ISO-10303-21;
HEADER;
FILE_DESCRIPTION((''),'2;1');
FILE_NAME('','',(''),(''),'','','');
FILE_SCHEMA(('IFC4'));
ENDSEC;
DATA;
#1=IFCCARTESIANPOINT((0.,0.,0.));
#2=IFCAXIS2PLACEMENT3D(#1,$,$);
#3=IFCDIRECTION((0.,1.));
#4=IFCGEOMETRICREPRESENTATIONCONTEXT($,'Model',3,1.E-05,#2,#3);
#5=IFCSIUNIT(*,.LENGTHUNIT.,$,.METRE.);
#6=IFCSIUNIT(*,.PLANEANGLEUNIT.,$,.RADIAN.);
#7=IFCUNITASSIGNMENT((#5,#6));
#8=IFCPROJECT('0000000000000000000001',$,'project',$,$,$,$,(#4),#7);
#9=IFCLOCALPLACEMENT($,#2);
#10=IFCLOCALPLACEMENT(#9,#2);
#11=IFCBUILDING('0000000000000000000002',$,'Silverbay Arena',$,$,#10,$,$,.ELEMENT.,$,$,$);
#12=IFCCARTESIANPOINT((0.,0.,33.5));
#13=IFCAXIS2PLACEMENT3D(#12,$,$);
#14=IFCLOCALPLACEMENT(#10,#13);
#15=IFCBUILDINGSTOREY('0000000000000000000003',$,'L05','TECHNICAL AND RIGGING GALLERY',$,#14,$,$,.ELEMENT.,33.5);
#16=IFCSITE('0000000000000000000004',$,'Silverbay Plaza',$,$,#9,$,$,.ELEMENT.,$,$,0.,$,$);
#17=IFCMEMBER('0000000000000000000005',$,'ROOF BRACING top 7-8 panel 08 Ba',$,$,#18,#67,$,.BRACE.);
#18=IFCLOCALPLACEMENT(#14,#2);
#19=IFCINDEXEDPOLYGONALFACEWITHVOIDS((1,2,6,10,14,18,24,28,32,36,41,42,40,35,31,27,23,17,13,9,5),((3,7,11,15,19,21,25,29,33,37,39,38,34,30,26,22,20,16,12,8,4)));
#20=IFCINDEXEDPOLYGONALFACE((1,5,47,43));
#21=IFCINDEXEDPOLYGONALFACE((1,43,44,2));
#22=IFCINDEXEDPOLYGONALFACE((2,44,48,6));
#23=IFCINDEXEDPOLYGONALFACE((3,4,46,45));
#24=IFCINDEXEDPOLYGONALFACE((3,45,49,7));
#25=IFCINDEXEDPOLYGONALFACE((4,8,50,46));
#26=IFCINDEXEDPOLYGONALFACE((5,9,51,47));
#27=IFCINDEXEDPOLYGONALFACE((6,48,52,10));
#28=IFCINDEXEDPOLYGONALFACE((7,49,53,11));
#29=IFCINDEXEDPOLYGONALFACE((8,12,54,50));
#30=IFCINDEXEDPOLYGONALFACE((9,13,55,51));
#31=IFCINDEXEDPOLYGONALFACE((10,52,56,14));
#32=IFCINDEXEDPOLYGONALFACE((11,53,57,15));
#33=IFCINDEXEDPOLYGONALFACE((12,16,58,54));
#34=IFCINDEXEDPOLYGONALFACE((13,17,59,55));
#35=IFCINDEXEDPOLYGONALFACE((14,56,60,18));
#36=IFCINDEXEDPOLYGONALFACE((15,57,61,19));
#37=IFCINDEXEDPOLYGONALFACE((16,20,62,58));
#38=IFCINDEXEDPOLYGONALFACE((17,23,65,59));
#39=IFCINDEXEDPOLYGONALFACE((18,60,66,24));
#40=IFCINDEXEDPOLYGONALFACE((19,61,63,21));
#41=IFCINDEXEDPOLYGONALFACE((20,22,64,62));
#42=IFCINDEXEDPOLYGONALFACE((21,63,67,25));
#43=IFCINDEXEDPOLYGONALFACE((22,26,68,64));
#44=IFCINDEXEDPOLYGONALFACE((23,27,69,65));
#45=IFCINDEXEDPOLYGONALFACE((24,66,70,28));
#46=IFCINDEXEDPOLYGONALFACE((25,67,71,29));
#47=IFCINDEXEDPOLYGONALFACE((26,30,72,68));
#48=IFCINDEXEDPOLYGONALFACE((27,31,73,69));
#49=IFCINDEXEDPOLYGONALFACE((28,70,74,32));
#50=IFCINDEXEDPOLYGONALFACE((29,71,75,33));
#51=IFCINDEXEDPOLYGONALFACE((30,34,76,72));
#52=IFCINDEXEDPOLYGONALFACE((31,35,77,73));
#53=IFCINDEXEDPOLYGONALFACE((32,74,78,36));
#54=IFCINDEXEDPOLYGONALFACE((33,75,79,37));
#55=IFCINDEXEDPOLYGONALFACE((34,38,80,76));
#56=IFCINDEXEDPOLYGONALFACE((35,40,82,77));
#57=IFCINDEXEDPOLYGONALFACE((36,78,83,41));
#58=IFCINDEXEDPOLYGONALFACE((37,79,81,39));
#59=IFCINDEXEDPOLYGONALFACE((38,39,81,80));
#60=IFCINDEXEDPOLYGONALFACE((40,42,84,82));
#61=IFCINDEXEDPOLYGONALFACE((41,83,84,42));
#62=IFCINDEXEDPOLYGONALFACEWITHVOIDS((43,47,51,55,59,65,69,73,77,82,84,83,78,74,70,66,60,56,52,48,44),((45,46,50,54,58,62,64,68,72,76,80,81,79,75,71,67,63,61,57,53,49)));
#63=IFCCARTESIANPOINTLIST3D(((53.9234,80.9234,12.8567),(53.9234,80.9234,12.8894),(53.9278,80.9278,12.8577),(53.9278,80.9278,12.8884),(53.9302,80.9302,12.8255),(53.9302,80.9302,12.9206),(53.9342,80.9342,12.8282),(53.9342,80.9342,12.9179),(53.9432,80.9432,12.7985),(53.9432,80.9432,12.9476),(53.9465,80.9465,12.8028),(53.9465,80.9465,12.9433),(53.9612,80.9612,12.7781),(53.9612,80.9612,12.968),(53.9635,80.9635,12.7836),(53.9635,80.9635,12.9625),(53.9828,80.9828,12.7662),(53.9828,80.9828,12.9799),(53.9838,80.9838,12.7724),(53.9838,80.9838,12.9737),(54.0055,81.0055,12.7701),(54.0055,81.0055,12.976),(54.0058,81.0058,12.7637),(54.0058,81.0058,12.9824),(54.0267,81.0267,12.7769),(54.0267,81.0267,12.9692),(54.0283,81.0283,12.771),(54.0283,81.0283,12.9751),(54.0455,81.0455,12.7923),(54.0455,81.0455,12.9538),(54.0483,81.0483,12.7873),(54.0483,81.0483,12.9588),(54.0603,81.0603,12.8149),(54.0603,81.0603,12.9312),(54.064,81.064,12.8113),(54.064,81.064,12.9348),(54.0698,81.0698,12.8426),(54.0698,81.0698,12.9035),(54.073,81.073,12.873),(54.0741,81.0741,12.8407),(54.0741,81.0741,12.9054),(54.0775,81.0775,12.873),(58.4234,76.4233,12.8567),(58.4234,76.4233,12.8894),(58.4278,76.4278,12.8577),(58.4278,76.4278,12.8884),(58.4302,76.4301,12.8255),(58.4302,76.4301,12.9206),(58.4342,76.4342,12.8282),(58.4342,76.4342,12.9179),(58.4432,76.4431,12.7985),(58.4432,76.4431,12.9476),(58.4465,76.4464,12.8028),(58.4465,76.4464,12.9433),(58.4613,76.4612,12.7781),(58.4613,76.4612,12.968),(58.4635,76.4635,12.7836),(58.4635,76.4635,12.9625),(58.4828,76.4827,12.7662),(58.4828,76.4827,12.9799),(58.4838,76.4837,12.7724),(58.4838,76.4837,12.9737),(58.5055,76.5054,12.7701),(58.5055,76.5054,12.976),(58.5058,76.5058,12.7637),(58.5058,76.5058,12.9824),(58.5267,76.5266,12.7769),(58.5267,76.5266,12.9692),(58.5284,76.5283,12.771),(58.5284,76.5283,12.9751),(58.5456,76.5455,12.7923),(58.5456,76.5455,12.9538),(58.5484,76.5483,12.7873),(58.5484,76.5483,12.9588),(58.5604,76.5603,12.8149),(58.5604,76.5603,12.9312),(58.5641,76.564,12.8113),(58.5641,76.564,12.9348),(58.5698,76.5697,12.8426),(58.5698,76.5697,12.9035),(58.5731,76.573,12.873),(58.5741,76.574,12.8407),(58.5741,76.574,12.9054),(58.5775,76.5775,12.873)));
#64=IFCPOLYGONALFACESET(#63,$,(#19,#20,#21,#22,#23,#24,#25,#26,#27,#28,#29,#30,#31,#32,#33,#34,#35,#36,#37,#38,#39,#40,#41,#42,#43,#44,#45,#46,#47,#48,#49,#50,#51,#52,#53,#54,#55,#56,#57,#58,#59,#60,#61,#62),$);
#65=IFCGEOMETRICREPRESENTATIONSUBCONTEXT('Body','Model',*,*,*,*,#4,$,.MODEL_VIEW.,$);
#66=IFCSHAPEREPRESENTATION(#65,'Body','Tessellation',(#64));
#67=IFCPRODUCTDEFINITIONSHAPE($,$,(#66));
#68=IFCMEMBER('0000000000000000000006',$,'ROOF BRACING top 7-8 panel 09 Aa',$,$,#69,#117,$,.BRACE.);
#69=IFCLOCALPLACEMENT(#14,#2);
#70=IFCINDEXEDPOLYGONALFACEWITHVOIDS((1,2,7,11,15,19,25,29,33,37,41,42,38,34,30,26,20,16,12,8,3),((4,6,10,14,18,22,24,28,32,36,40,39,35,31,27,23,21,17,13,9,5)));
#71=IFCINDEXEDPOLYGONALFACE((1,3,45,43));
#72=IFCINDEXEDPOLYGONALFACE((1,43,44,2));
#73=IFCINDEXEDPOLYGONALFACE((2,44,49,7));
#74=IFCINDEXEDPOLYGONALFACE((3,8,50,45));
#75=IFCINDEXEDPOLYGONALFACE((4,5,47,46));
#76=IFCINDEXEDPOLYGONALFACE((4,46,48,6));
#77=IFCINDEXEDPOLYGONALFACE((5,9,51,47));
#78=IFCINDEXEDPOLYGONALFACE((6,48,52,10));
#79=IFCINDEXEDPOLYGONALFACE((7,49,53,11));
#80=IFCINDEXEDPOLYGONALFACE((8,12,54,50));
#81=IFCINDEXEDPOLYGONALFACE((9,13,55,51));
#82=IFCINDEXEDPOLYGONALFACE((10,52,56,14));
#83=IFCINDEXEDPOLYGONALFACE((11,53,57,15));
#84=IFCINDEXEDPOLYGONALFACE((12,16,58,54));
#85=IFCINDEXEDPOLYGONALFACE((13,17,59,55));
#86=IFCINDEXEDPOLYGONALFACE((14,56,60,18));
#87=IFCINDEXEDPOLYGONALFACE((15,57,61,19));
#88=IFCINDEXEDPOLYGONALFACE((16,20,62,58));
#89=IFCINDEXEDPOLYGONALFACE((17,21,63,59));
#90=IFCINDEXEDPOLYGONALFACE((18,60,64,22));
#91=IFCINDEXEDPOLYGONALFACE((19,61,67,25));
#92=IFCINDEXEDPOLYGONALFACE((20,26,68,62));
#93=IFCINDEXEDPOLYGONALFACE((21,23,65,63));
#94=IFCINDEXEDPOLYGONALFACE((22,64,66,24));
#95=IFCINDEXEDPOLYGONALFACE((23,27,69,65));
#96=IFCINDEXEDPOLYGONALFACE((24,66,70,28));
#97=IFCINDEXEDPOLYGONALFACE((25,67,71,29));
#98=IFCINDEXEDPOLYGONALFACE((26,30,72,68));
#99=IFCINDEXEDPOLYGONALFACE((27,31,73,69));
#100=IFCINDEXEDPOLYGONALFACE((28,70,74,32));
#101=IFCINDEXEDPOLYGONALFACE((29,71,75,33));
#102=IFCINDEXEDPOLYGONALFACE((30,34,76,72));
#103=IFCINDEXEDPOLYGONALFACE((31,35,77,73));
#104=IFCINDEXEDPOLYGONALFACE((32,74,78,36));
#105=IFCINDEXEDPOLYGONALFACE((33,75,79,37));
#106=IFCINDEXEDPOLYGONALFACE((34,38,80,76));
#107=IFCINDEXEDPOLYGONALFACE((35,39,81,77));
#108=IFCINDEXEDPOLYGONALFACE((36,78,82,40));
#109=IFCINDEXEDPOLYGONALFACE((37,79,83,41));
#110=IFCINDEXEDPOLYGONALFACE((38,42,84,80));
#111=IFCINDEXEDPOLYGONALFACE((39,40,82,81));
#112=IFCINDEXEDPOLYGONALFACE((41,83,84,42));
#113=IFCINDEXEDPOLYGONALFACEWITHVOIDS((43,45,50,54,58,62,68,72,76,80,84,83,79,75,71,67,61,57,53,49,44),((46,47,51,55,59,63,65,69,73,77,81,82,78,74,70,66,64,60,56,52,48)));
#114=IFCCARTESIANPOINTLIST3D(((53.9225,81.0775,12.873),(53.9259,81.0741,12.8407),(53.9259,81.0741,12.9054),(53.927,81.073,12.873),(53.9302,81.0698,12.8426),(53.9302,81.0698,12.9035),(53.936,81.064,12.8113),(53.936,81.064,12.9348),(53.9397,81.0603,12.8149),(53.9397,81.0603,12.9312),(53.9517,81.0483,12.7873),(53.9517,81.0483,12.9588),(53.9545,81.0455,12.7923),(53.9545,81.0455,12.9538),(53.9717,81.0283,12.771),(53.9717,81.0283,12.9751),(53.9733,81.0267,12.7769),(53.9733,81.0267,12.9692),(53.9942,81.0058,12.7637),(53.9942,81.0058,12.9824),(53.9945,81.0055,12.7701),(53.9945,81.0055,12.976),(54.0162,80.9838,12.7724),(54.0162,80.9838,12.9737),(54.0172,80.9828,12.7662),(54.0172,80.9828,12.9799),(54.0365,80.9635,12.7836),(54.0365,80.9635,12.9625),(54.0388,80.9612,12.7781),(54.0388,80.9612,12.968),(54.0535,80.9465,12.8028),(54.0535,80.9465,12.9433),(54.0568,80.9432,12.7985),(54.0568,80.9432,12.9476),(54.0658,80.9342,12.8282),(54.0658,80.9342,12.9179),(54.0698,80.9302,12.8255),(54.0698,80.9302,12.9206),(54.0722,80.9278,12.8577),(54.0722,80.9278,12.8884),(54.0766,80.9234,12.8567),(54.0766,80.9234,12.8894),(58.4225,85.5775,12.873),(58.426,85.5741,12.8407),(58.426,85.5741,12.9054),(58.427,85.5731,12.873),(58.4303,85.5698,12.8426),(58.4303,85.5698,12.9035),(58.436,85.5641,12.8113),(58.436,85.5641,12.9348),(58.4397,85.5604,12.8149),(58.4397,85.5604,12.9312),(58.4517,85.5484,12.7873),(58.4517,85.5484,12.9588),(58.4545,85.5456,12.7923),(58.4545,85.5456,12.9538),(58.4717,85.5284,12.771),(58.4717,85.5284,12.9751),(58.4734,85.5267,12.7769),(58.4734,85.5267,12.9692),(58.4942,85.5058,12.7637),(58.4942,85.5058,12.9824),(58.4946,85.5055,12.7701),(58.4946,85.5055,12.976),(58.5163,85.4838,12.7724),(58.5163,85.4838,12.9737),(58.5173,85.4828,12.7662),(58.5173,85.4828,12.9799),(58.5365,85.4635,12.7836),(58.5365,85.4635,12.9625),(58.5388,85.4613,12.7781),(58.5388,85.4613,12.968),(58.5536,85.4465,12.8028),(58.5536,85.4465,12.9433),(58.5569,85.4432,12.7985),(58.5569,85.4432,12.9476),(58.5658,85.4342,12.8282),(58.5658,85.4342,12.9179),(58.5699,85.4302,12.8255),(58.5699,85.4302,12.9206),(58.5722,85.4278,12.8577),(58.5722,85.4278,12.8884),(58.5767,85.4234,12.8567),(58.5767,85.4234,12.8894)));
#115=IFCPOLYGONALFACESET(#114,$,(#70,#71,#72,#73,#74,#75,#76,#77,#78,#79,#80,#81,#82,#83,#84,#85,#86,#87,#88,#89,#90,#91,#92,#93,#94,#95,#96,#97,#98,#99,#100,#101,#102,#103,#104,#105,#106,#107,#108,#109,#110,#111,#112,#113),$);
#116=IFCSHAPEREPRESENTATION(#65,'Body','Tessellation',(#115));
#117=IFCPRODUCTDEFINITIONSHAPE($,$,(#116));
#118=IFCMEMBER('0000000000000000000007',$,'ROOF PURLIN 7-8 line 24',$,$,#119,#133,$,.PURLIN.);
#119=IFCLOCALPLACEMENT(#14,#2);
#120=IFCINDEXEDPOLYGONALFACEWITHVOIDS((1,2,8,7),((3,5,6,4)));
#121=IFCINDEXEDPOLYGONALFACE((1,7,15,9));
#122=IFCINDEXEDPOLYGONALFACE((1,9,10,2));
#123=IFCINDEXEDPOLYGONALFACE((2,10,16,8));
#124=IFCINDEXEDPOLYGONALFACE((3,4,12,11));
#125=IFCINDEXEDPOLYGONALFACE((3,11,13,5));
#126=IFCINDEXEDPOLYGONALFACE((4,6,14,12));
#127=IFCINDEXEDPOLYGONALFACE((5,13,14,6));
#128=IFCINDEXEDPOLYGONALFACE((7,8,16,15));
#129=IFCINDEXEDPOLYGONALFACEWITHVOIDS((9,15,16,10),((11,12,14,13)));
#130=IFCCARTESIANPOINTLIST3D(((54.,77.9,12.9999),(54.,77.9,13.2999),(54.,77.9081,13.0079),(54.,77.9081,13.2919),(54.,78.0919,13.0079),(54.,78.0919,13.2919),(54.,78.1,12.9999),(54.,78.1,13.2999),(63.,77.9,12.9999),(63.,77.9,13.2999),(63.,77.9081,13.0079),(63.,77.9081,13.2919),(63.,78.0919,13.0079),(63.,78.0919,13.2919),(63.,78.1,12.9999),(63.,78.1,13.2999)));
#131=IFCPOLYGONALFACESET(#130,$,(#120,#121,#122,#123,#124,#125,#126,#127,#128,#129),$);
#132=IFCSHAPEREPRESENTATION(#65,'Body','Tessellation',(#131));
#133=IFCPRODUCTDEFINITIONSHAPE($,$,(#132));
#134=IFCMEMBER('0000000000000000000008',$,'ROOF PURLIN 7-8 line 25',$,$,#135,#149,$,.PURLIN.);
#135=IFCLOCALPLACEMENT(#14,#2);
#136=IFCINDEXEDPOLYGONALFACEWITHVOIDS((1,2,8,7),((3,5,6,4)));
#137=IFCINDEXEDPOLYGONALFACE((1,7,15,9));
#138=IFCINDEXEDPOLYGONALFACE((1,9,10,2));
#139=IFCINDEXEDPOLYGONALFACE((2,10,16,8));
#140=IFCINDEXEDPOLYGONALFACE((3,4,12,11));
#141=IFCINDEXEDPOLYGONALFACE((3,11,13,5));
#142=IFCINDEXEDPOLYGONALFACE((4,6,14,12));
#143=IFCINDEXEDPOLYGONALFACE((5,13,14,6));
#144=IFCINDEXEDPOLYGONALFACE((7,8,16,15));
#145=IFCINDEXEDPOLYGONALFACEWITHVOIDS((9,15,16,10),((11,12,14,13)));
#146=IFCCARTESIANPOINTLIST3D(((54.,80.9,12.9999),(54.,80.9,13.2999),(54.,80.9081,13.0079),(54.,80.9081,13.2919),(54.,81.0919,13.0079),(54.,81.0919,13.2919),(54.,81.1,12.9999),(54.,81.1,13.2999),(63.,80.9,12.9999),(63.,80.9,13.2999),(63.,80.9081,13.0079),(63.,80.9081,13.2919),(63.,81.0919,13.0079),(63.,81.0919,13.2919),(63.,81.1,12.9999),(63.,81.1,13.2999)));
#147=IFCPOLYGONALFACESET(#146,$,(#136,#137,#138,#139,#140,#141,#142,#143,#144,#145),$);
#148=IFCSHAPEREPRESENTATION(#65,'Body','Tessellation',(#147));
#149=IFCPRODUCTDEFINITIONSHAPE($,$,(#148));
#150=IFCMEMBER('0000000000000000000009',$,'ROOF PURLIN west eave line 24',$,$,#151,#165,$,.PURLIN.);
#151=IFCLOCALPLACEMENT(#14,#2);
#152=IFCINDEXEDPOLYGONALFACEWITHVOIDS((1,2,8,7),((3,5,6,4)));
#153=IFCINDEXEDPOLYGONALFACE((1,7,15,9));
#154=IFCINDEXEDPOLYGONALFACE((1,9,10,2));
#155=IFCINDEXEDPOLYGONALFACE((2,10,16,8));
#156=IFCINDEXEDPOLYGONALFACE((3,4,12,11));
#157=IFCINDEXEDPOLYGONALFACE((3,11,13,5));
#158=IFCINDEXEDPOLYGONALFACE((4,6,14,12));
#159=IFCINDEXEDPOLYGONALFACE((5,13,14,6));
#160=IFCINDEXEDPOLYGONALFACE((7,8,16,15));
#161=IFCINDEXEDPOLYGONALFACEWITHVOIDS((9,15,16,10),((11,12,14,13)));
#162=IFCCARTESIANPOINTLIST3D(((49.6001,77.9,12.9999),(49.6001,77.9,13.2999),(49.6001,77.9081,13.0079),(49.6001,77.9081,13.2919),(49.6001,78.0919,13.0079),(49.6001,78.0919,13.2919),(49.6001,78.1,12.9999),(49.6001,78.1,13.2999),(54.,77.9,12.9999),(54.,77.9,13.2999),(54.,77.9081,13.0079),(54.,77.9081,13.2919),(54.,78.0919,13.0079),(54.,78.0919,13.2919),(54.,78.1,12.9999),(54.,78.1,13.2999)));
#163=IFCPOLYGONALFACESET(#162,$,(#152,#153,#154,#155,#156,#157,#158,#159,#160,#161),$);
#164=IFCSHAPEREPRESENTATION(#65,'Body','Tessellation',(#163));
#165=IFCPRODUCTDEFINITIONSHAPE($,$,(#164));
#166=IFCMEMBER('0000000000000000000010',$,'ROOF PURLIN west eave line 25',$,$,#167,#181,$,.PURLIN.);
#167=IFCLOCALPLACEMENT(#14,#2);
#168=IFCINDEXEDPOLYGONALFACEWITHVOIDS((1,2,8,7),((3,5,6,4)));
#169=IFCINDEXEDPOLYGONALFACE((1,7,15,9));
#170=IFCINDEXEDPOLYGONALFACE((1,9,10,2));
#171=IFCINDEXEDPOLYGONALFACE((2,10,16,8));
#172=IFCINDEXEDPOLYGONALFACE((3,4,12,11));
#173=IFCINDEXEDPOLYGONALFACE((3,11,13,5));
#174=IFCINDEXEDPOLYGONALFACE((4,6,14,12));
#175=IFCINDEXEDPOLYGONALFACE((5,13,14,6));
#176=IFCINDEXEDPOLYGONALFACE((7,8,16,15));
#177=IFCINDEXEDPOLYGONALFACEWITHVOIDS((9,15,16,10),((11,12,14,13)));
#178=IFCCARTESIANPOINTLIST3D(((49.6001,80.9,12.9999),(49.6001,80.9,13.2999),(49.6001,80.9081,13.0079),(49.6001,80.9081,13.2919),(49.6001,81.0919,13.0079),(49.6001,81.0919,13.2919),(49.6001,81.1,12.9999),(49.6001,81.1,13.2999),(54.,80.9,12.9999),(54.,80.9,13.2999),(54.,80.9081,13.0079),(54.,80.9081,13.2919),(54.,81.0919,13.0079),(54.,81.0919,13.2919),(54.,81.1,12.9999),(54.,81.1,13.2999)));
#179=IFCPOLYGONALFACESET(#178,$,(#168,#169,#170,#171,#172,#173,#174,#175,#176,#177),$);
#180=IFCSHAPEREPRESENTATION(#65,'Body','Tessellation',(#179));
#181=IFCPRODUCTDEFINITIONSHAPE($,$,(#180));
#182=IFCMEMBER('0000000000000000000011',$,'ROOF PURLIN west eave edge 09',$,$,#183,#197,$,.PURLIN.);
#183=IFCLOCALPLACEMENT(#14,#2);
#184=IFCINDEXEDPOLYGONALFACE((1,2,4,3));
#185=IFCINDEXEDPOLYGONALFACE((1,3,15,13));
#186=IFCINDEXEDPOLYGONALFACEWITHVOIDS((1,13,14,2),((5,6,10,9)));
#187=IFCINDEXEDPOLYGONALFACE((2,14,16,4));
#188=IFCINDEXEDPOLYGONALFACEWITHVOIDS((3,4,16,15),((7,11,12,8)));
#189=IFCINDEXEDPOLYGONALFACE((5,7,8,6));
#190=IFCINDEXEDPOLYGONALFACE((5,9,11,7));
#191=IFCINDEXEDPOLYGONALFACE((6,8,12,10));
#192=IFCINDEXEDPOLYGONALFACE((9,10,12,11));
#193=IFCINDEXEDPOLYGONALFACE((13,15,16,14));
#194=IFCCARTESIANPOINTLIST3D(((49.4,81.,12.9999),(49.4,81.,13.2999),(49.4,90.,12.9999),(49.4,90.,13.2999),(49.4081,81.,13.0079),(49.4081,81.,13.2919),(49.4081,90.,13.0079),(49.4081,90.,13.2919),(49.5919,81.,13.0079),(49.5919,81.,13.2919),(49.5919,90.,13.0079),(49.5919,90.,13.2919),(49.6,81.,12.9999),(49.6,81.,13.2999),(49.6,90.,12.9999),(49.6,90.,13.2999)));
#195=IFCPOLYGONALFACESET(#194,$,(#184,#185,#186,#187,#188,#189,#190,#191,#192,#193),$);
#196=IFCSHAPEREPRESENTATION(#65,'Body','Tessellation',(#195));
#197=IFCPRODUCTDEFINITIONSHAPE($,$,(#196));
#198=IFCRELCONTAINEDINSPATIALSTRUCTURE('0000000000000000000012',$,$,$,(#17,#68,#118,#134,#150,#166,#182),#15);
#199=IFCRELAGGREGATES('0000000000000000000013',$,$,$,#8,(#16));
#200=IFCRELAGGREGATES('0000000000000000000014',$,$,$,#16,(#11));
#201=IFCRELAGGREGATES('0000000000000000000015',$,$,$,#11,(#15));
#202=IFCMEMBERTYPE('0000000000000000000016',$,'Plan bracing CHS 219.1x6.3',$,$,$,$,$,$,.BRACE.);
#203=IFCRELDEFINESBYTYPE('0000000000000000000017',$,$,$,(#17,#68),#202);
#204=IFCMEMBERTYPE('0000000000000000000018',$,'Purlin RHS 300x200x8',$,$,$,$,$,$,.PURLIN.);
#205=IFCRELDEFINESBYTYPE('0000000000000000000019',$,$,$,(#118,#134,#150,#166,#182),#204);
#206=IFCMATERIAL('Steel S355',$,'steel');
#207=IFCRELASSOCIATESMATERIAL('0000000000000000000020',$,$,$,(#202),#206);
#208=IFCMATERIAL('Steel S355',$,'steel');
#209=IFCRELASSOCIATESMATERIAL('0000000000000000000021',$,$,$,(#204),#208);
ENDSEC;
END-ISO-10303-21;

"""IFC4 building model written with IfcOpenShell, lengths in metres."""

from ifc_helpers import new_model, si_unit, direction, frame, origin, origin_2d, place, context, subcontext, project, spatial, hollow_rectangle, hollow_circle, extrude, material, material_profile, profile_set, type_object, element, save


model = new_model("IFC4")

# Units and contexts
model_context = context("Model", 3, precision=1e-05, world=origin(), true_north=direction((0.0, 1.0)))
body_context = subcontext(model_context, "Body", "Model", "MODEL_VIEW")
ifc_project = project(units=[si_unit("LENGTHUNIT", "METRE"), si_unit("PLANEANGLEUNIT", "RADIAN")], contexts=[model_context])

# Site, building, storey
site_placement = place(None, origin())
site = spatial("IfcSite", under=ifc_project, at=site_placement, Name="Silverbay Plaza", CompositionType="ELEMENT", RefElevation=0.0)
building_placement = place(site_placement, origin())
building = spatial("IfcBuilding", under=site, at=building_placement, Name="Silverbay Arena", CompositionType="ELEMENT")
storey_placement = place(building_placement, frame((0.0, 0.0, 33.5)))
storey = spatial("IfcBuildingStorey", under=building, at=storey_placement, Name="L05", Description="TECHNICAL AND RIGGING GALLERY", CompositionType="ELEMENT", Elevation=33.5)

# Members
ifc_material_1 = material(Name="Steel S355", Category="steel")
ifc_material_profile_1 = material_profile(ifc_material_1, hollow_circle(Radius=0.1096, WallThickness=0.0063, at=origin_2d()), Name="CHS 219.1x6.3")
ifc_profile_set_1 = profile_set([ifc_material_profile_1], Name="Steel S355")
member_type_1 = type_object("IfcMemberType", Name="Plan bracing CHS 219.1x6.3", PredefinedType="BRACE", material=ifc_profile_set_1)
for number, where, z_axis, x_axis, name in (
    (1, (54.0, 81.0, 12.873), (0.707107, -0.707107, 0.0), (0.707107, 0.707107, 0.0), "ROOF BRACING top 7-8 panel 08 Ba"),
    (2, (54.0, 81.0, 12.873), (0.707107, 0.707107, 0.0), (-0.707107, 0.707107, 0.0), "ROOF BRACING top 7-8 panel 09 Aa"),
):
    element("IfcMember", number, at=place(storey_placement, frame(where, z_axis=z_axis, x_axis=x_axis)), inside=storey, type_object=member_type_1, Name=name, PredefinedType="BRACE", context=body_context, shape_type="SweptSolid", body=[
        extrude(hollow_circle(Radius=0.1096, WallThickness=0.0063, at=origin_2d()), origin(), (0.0, 0.0, 1.0), 6.364),
    ])
ifc_material_2 = material(Name="Steel S355", Category="steel")
ifc_material_profile_2 = material_profile(ifc_material_2, hollow_rectangle(XDim=0.2, YDim=0.3, WallThickness=0.0081, at=origin_2d()), Name="RHS 300x200x8")
ifc_profile_set_2 = profile_set([ifc_material_profile_2], Name="Steel S355")
member_type_2 = type_object("IfcMemberType", Name="Purlin RHS 300x200x8", PredefinedType="PURLIN", material=ifc_profile_set_2)
for number, where, z_axis, x_axis, name in (
    (3, (54.0, 78.0, 13.1499), (1.0, 0.0, 0.0), (0.0, 1.0, 0.0), "ROOF PURLIN 7-8 line 24"),
    (4, (54.0, 81.0, 13.1499), (1.0, 0.0, 0.0), (0.0, 1.0, 0.0), "ROOF PURLIN 7-8 line 25"),
):
    element("IfcMember", number, at=place(storey_placement, frame(where, z_axis=z_axis, x_axis=x_axis)), inside=storey, type_object=member_type_2, Name=name, PredefinedType="PURLIN", context=body_context, shape_type="SweptSolid", body=[
        extrude(hollow_rectangle(XDim=0.2, YDim=0.3, WallThickness=0.0081, at=origin_2d()), origin(), (0.0, 0.0, 1.0), 9.0),
    ])
for number, where, z_axis, x_axis, name in (
    (5, (49.6001, 78.0, 13.1499), (1.0, 0.0, 0.0), (0.0, 1.0, 0.0), "ROOF PURLIN west eave line 24"),
    (6, (49.6001, 81.0, 13.1499), (1.0, 0.0, 0.0), (0.0, 1.0, 0.0), "ROOF PURLIN west eave line 25"),
):
    element("IfcMember", number, at=place(storey_placement, frame(where, z_axis=z_axis, x_axis=x_axis)), inside=storey, type_object=member_type_2, Name=name, PredefinedType="PURLIN", context=body_context, shape_type="SweptSolid", body=[
        extrude(hollow_rectangle(XDim=0.2, YDim=0.3, WallThickness=0.0081, at=origin_2d()), origin(), (0.0, 0.0, 1.0), 4.3999),
    ])
member_1_placement = place(storey_placement, frame((49.5, 81.0, 13.1499), z_axis=(0.0, 1.0, 0.0), x_axis=(-1.0, 0.0, 0.0)))
element("IfcMember", 7, at=member_1_placement, inside=storey, type_object=member_type_2, Name="ROOF PURLIN west eave edge 09", PredefinedType="PURLIN", context=body_context, shape_type="SweptSolid", body=[
    extrude(hollow_rectangle(XDim=0.2, YDim=0.3, WallThickness=0.0081, at=origin_2d()), origin(), (0.0, 0.0, 1.0), 9.0),
])

save(model, "model.ifc")
